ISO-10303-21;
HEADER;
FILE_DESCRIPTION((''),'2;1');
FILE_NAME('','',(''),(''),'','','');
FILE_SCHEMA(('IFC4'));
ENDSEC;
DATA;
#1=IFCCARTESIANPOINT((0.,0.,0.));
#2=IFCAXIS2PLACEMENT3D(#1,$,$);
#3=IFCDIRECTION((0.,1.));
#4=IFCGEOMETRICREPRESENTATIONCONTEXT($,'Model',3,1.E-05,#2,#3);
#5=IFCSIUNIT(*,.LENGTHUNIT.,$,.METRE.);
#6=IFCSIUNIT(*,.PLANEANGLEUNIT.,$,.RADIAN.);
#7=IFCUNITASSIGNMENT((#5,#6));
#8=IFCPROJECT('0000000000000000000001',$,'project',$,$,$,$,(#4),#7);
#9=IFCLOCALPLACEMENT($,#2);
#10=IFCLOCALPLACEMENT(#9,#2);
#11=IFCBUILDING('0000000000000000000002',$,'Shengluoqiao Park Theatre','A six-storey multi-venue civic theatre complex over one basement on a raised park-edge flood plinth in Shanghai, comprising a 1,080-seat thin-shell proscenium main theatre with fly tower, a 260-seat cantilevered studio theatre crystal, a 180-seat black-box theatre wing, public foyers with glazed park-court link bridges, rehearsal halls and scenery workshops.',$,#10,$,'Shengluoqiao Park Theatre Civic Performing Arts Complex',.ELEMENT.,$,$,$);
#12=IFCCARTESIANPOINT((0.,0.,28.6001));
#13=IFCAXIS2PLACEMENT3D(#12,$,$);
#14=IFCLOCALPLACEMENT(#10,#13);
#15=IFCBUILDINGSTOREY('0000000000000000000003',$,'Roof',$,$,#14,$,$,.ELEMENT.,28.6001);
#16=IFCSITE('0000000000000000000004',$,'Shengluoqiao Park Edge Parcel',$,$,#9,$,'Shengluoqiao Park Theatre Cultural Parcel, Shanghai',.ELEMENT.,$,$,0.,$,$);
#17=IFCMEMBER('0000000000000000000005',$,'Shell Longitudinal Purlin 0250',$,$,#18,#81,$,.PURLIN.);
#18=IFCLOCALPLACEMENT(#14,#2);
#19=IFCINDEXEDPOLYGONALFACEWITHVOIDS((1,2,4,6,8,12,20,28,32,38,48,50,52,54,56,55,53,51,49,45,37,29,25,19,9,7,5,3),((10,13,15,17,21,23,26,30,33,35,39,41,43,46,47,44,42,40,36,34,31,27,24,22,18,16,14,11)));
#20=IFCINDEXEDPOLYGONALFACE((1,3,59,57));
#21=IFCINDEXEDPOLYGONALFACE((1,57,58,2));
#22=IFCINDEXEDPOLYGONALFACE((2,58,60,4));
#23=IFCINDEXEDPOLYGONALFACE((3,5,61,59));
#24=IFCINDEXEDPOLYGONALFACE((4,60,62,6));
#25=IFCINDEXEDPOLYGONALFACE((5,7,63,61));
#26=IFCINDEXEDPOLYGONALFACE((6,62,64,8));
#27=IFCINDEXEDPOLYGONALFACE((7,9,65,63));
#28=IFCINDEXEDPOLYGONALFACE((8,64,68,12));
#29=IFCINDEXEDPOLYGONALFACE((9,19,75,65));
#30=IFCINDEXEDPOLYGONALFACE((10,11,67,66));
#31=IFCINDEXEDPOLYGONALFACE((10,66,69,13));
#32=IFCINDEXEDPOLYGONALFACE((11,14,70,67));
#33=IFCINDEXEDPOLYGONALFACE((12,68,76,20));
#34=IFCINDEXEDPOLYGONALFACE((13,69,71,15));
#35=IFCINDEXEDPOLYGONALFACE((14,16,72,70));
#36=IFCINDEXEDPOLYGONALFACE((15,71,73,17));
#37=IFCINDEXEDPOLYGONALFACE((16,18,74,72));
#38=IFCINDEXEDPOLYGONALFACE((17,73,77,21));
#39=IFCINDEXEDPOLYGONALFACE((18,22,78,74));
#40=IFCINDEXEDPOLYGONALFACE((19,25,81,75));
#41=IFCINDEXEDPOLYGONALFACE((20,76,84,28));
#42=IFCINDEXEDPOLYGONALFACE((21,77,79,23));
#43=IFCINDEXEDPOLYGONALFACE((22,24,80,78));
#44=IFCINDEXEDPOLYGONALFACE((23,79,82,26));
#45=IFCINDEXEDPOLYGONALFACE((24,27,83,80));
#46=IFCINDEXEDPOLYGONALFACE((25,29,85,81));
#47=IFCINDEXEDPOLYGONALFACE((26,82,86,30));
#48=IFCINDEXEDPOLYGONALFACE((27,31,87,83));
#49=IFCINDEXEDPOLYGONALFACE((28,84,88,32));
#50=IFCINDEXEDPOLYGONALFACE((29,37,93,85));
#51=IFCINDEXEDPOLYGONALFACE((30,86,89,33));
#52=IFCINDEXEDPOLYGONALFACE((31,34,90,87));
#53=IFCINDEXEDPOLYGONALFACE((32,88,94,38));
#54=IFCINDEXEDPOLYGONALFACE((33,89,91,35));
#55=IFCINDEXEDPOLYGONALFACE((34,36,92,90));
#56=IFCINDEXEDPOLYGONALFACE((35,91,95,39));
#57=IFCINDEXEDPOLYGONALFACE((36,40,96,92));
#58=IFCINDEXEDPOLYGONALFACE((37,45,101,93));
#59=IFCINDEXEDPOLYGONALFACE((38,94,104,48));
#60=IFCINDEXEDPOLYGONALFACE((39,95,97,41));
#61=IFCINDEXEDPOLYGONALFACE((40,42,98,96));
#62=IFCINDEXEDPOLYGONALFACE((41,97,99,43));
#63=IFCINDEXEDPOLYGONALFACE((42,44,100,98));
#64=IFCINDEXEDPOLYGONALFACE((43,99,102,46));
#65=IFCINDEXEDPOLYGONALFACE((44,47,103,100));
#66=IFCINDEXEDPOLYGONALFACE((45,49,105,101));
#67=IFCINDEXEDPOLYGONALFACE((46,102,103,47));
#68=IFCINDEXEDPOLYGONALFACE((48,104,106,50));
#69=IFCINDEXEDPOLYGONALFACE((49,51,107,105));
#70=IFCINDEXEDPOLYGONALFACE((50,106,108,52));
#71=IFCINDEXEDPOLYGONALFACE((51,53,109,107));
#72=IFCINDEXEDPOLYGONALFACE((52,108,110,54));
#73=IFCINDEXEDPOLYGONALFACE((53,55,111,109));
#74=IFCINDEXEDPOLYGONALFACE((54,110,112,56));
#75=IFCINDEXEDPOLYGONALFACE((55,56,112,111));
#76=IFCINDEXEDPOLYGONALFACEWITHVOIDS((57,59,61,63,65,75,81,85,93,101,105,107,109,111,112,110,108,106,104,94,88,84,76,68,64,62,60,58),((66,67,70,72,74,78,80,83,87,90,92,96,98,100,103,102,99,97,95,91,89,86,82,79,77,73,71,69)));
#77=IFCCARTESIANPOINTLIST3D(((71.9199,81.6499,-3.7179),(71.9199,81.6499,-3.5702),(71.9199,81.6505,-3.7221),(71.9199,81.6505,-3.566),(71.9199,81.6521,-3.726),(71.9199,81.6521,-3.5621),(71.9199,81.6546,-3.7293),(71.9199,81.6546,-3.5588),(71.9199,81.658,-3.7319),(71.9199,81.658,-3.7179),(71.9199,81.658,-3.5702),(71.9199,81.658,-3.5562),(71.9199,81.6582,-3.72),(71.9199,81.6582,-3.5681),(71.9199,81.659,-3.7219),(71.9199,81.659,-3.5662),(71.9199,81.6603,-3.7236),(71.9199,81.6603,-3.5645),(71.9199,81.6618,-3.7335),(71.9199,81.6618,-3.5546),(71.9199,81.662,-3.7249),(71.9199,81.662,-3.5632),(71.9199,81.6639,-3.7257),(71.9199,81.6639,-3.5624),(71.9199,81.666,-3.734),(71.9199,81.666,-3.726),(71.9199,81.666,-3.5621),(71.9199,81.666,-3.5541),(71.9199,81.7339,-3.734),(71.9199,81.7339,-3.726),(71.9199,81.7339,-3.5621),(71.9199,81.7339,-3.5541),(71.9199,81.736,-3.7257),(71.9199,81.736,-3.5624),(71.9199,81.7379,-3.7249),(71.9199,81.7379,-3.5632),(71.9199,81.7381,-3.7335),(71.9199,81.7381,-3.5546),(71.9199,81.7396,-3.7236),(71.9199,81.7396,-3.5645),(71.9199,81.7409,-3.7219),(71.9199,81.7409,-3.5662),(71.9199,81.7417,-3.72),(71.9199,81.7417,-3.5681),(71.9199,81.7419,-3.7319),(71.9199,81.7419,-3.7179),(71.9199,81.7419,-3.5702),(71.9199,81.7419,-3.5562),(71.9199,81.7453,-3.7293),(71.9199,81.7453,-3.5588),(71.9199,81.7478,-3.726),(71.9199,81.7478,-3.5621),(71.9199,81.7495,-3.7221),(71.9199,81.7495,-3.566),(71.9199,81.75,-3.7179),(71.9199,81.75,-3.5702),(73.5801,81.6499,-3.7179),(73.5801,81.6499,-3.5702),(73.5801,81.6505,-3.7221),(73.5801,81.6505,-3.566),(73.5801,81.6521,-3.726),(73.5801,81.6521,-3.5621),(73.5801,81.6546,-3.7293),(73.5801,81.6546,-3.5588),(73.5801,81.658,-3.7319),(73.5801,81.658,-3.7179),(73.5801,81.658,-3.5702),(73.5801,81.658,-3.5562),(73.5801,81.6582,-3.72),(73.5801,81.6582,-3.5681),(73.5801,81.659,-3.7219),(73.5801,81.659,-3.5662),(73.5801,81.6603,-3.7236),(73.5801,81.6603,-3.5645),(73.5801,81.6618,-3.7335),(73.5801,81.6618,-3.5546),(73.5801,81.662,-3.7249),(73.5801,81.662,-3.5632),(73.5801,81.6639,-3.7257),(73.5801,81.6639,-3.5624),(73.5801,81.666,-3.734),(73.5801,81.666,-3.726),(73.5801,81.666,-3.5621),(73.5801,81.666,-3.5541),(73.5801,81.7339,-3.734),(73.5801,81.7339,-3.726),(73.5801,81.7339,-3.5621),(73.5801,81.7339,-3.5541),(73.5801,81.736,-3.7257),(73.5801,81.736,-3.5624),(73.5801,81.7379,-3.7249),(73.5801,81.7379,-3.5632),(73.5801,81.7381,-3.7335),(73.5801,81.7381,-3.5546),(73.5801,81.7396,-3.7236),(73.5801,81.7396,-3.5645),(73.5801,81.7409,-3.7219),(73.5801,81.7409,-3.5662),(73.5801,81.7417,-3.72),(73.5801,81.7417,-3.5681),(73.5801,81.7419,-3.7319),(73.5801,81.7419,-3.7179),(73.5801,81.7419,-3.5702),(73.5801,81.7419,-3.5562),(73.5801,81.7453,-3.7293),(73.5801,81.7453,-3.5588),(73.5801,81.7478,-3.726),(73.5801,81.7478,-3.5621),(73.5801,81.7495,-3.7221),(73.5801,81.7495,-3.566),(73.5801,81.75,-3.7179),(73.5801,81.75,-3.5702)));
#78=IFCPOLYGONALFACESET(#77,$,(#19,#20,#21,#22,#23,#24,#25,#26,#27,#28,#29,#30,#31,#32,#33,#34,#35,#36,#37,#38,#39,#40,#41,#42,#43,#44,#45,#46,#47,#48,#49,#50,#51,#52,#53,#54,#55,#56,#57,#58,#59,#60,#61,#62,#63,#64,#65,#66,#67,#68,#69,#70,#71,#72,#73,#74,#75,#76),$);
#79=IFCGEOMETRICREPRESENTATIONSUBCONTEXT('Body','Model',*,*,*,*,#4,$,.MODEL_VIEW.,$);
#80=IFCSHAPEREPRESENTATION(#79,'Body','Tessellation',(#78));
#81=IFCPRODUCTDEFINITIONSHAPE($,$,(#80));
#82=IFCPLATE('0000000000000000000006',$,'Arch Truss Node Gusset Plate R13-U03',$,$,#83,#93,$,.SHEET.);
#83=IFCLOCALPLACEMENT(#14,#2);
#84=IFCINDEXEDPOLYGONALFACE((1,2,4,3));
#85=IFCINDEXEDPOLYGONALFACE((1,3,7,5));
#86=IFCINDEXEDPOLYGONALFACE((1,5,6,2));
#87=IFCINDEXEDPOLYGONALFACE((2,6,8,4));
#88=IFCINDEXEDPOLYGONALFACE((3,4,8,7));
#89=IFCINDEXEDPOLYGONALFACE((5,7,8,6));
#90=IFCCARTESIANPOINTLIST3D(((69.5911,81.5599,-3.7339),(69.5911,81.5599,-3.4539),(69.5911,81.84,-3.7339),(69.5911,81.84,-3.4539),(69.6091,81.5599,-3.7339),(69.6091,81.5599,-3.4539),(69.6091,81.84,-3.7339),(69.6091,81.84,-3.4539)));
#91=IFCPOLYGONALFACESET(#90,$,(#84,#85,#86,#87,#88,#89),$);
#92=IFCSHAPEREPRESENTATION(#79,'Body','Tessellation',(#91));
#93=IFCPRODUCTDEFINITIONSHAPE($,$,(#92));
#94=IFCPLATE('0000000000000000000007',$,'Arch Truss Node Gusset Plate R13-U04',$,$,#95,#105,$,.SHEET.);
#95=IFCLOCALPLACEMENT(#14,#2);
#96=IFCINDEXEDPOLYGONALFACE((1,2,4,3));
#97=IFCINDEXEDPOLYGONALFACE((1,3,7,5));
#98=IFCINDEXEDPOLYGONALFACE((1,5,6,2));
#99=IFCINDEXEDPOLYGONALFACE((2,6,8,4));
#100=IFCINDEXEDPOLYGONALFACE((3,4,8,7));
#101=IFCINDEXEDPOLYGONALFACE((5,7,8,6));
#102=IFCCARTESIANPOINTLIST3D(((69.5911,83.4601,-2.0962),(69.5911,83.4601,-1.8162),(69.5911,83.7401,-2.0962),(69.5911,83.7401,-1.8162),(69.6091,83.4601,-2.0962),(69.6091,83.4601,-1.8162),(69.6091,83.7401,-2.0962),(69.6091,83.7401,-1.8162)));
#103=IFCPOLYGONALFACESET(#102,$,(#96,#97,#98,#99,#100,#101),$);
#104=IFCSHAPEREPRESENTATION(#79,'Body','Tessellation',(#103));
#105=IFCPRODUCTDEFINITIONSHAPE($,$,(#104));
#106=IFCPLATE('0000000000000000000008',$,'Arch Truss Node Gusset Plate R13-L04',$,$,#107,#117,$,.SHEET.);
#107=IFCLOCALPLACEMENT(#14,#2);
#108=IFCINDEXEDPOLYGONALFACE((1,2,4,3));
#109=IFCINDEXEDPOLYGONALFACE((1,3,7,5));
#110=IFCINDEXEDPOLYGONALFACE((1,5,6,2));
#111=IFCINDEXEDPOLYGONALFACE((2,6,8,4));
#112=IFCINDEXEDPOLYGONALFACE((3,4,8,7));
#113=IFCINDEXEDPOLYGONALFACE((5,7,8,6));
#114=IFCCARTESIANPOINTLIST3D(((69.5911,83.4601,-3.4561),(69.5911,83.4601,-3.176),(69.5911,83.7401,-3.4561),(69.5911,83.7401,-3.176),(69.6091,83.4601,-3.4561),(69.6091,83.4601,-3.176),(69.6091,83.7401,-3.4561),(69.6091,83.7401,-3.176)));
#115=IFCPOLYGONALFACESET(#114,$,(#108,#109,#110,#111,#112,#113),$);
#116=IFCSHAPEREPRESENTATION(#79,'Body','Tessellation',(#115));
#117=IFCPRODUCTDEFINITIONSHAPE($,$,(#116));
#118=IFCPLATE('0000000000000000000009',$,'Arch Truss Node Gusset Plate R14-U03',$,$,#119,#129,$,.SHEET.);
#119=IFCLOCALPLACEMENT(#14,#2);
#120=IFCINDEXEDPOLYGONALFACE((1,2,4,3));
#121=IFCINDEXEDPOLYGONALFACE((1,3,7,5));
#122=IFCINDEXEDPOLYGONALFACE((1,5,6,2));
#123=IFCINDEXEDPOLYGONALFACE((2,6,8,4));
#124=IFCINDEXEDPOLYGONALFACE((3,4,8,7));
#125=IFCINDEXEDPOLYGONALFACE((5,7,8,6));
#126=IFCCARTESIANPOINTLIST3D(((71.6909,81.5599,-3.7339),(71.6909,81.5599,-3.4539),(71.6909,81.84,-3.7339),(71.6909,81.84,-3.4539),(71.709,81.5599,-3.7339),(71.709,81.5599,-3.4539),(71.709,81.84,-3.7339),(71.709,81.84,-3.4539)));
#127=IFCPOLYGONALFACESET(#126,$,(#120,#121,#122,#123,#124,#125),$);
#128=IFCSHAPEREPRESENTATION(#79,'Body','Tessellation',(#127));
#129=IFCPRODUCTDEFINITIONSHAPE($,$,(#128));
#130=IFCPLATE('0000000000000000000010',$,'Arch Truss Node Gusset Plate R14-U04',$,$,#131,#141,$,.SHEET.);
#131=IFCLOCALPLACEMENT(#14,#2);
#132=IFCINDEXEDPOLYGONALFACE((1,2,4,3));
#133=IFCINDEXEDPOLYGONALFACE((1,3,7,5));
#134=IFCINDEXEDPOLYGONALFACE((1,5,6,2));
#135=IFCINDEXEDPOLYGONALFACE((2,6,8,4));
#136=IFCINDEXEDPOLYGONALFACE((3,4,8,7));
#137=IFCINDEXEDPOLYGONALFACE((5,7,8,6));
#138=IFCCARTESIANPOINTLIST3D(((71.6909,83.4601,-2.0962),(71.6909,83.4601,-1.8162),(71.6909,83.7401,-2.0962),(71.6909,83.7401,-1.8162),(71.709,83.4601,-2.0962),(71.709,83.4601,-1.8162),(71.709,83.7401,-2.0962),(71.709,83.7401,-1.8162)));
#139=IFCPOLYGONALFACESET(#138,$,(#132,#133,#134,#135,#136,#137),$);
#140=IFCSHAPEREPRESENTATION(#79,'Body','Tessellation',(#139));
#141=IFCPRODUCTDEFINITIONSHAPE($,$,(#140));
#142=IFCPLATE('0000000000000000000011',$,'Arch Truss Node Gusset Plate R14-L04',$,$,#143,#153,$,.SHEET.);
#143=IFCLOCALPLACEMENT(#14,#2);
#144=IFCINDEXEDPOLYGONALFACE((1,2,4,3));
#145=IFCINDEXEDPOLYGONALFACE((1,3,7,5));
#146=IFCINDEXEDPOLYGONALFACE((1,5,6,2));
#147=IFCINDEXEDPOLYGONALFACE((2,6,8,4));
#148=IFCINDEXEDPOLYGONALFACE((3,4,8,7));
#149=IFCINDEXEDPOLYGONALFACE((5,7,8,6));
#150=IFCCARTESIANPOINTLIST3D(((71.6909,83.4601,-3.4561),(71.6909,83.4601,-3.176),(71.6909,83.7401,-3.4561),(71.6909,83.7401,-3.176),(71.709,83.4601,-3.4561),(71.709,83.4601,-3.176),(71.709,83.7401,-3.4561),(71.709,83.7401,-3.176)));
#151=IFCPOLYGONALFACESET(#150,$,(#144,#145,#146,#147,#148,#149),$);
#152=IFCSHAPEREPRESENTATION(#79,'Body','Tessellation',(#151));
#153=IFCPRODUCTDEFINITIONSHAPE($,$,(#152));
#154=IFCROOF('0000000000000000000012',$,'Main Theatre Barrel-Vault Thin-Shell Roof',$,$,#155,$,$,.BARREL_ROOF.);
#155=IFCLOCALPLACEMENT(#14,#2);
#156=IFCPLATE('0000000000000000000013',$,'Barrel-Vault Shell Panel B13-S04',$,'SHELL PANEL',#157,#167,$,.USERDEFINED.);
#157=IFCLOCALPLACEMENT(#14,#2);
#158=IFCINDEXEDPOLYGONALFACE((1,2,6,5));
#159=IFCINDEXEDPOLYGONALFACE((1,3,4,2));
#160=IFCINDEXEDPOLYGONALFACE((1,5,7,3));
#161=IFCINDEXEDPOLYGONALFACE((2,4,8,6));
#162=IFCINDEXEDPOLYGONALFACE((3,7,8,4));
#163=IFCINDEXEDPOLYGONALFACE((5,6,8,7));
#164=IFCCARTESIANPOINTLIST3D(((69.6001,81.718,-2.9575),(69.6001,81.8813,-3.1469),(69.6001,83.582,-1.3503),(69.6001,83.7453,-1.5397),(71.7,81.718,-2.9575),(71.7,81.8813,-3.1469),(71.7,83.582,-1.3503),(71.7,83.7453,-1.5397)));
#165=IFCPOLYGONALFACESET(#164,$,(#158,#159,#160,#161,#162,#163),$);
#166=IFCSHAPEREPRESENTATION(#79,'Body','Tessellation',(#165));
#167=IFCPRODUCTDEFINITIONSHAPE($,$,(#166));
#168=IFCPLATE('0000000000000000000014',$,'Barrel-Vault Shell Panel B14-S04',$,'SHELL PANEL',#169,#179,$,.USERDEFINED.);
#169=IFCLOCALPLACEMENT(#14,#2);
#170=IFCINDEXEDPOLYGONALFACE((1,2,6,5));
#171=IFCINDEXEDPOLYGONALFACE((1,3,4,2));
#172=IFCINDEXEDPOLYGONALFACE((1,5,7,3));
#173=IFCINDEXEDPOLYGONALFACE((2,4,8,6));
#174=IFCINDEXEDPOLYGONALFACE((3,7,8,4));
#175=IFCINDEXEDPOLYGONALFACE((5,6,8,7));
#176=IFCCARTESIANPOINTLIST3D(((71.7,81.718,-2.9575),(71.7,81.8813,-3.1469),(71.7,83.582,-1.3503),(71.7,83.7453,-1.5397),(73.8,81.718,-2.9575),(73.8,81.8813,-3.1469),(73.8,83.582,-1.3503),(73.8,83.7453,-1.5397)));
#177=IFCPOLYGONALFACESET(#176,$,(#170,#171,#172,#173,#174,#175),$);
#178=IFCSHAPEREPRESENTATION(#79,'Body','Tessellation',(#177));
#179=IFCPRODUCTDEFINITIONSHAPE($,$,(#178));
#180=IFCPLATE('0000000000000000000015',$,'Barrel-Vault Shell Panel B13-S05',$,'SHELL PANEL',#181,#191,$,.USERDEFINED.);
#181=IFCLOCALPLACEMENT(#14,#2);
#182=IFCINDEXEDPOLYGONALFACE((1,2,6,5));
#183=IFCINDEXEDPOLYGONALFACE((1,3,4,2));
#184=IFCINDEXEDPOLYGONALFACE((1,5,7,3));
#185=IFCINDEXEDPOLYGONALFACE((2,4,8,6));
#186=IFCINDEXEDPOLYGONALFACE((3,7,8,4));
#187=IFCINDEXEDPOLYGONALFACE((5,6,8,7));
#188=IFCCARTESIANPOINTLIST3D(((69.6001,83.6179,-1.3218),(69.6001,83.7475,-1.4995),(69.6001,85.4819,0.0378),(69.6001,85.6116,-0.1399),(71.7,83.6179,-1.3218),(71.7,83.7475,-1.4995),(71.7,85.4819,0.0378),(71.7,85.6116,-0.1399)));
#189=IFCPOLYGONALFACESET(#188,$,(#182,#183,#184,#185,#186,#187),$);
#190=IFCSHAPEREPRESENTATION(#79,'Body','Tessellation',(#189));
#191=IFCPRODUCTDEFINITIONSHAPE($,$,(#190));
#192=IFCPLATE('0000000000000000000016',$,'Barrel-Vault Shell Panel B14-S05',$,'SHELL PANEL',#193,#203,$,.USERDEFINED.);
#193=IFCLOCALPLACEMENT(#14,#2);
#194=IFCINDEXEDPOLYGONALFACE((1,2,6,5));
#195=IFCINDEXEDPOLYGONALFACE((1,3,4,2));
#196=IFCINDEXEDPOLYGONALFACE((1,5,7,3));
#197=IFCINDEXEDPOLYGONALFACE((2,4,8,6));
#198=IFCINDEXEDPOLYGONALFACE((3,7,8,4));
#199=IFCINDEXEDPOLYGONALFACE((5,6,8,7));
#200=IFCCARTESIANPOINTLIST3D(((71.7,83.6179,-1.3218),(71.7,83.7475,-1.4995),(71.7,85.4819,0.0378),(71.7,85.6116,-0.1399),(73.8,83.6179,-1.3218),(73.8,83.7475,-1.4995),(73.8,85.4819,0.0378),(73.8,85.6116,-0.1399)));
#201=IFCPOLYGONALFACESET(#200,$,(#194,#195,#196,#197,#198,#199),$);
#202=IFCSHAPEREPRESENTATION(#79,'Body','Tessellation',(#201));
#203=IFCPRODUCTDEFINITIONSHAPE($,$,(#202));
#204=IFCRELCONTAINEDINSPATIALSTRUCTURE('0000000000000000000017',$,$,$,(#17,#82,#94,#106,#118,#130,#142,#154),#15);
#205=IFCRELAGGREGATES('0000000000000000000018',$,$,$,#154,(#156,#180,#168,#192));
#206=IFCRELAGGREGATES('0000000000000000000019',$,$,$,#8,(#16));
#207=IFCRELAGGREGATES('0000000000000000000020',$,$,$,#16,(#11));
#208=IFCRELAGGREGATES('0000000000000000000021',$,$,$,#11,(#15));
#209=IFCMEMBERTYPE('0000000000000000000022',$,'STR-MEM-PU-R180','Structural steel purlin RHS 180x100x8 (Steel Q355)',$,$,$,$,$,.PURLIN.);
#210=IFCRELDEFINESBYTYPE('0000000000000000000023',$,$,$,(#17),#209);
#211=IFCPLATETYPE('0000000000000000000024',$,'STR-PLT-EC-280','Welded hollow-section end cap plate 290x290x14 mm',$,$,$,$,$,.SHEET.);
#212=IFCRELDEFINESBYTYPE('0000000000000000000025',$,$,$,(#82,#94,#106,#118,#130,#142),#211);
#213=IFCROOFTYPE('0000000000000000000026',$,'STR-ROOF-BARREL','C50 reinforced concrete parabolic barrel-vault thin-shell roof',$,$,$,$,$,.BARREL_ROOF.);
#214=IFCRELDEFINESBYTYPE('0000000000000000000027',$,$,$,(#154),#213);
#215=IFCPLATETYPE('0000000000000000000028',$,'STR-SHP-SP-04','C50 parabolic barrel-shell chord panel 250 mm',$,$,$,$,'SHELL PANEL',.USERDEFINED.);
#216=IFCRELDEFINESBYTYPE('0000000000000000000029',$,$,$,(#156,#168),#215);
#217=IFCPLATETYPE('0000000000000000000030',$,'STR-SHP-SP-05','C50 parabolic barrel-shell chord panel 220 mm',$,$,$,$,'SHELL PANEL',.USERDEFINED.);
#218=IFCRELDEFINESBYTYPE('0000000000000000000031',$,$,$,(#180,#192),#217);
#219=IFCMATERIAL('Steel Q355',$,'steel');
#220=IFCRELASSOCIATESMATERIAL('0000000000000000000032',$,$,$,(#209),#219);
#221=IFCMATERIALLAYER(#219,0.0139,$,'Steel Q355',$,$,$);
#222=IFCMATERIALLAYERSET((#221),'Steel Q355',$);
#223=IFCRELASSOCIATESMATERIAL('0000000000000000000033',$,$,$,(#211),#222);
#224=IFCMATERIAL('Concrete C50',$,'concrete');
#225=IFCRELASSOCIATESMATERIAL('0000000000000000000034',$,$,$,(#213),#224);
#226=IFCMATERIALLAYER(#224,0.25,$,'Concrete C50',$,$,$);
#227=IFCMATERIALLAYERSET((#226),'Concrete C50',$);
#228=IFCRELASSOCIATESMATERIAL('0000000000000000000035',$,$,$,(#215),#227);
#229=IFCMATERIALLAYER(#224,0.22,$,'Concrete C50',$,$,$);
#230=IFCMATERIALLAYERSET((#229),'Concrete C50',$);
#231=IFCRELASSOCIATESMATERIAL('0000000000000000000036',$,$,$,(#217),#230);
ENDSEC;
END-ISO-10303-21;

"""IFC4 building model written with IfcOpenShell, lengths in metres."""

from ifc_helpers import new_model, si_unit, direction, frame, origin, origin_2d, place, context, subcontext, project, spatial, polyline, rectangle, hollow_rectangle, outline, extrude, material, layer, layer_set, material_profile, profile_set, type_object, element, aggregate, save


model = new_model("IFC4")

# Units and contexts
model_context = context("Model", 3, precision=1e-05, world=origin(), true_north=direction((0.0, 1.0)))
body_context = subcontext(model_context, "Body", "Model", "MODEL_VIEW")
ifc_project = project(units=[si_unit("LENGTHUNIT", "METRE"), si_unit("PLANEANGLEUNIT", "RADIAN")], contexts=[model_context])

# Site, building, storey
site_placement = place(None, origin())
site = spatial("IfcSite", under=ifc_project, at=site_placement, Name="Shengluoqiao Park Edge Parcel", LongName="Shengluoqiao Park Theatre Cultural Parcel, Shanghai", CompositionType="ELEMENT", RefElevation=0.0)
building_placement = place(site_placement, origin())
building = spatial("IfcBuilding", under=site, at=building_placement, Name="Shengluoqiao Park Theatre", Description="A six-storey multi-venue civic theatre complex over one basement on a raised park-edge flood plinth in Shanghai, comprising a 1,080-seat thin-shell proscenium main theatre with fly tower, a 260-seat cantilevered studio theatre crystal, a 180-seat black-box theatre wing, public foyers with glazed park-court link bridges, rehearsal halls and scenery workshops.", LongName="Shengluoqiao Park Theatre Civic Performing Arts Complex", CompositionType="ELEMENT")
storey_placement = place(building_placement, frame((0.0, 0.0, 28.6001)))
storey = spatial("IfcBuildingStorey", under=building, at=storey_placement, Name="Roof", CompositionType="ELEMENT", Elevation=28.6001)

# Shared definitions
ifc_material_1 = material(Name="Concrete C50", Category="concrete")
ifc_material_2 = material(Name="Steel Q355", Category="steel")

# Member
ifc_material_profile_1 = material_profile(ifc_material_2, hollow_rectangle(XDim=0.1001, YDim=0.1799, WallThickness=0.0081, InnerFilletRadius=0.0081, OuterFilletRadius=0.0161, at=origin_2d()), Name="RHS 180x100x8")
ifc_profile_set_1 = profile_set([ifc_material_profile_1], Name="Steel Q355")
member_type_1 = type_object("IfcMemberType", Name="STR-MEM-PU-R180", Description="Structural steel purlin RHS 180x100x8 (Steel Q355)", PredefinedType="PURLIN", material=ifc_profile_set_1)
member_1_placement = place(storey_placement, frame((71.9199, 81.7, -3.644), z_axis=(1.0, 0.0, 0.0), x_axis=(0.0, 1.0, 0.0)))
element("IfcMember", 1, at=member_1_placement, inside=storey, type_object=member_type_1, Name="Shell Longitudinal Purlin 0250", PredefinedType="PURLIN", context=body_context, shape_type="SweptSolid", body=[
    extrude(hollow_rectangle(XDim=0.1001, YDim=0.1799, WallThickness=0.0081, InnerFilletRadius=0.0081, OuterFilletRadius=0.0161, at=origin_2d()), origin(), (0.0, 0.0, 1.0), 1.6602),
])

# Plates
ifc_layer_1 = layer(ifc_material_2, 0.0139, Name="Steel Q355")
ifc_layer_set_1 = layer_set([ifc_layer_1], Name="Steel Q355")
plate_type_1 = type_object("IfcPlateType", Name="STR-PLT-EC-280", Description="Welded hollow-section end cap plate 290x290x14 mm", PredefinedType="SHEET", material=ifc_layer_set_1)
for number, where, z_axis, x_axis, name in (
    (2, (69.6001, 81.7, -3.7339), (0.0, 0.0, 1.0), (1.0, 0.0, 0.0), "Arch Truss Node Gusset Plate R13-U03"),
    (3, (69.6001, 83.6001, -2.0962), (0.0, 0.0, 1.0), (1.0, 0.0, 0.0), "Arch Truss Node Gusset Plate R13-U04"),
    (4, (69.6001, 83.6001, -3.4561), (0.0, 0.0, 1.0), (1.0, 0.0, 0.0), "Arch Truss Node Gusset Plate R13-L04"),
    (5, (71.7, 81.7, -3.7339), (0.0, 0.0, 1.0), (1.0, 0.0, 0.0), "Arch Truss Node Gusset Plate R14-U03"),
    (6, (71.7, 83.6001, -2.0962), (0.0, 0.0, 1.0), (1.0, 0.0, 0.0), "Arch Truss Node Gusset Plate R14-U04"),
    (7, (71.7, 83.6001, -3.4561), (0.0, 0.0, 1.0), (1.0, 0.0, 0.0), "Arch Truss Node Gusset Plate R14-L04"),
):
    element("IfcPlate", number, at=place(storey_placement, frame(where, z_axis=z_axis, x_axis=x_axis)), inside=storey, type_object=plate_type_1, Name=name, PredefinedType="SHEET", context=body_context, shape_type="SweptSolid", body=[
        extrude(rectangle(XDim=0.0181, YDim=0.28, at=origin_2d()), origin(), (0.0, 0.0, 1.0), 0.28),
    ])

# Roof, plates
roof_type = type_object("IfcRoofType", Name="STR-ROOF-BARREL", Description="C50 reinforced concrete parabolic barrel-vault thin-shell roof", PredefinedType="BARREL_ROOF", material=ifc_material_1)
roof_placement = place(storey_placement, origin())
roof = element("IfcRoof", 8, at=roof_placement, inside=storey, type_object=roof_type, Name="Main Theatre Barrel-Vault Thin-Shell Roof", PredefinedType="BARREL_ROOF")
ifc_layer_2 = layer(ifc_material_1, 0.25, Name="Concrete C50")
ifc_layer_set_2 = layer_set([ifc_layer_2], Name="Concrete C50")
plate_type_2 = type_object("IfcPlateType", Name="STR-SHP-SP-04", Description="C50 parabolic barrel-shell chord panel 250 mm", ElementType="SHELL PANEL", PredefinedType="USERDEFINED", material=ifc_layer_set_2)
plate_1_placement = place(storey_placement, frame((69.6001, 81.718, -2.9575), z_axis=(0.0, -0.653002, 0.757356), x_axis=(1.0, 0.0, 0.0)))
plate_1 = element("IfcPlate", 9, at=plate_1_placement, type_object=plate_type_2, Name="Barrel-Vault Shell Panel B13-S04", ObjectType="SHELL PANEL", PredefinedType="USERDEFINED", context=body_context, shape_type="SweptSolid", body=[
    extrude(outline(polyline([(0.0, 0.0), (2.0999, 0.0), (2.0999, 2.4612), (0.0, 2.4612), (0.0, 0.0)])), origin(), (0.0, 0.0, -1.0), 0.25),
])
plate_2_placement = place(storey_placement, frame((71.7, 81.718, -2.9575), z_axis=(0.0, -0.653002, 0.757356), x_axis=(1.0, 0.0, 0.0)))
plate_2 = element("IfcPlate", 10, at=plate_2_placement, type_object=plate_type_2, Name="Barrel-Vault Shell Panel B14-S04", ObjectType="SHELL PANEL", PredefinedType="USERDEFINED", context=body_context, shape_type="SweptSolid", body=[
    extrude(outline(polyline([(0.0, 0.0), (2.1001, 0.0), (2.1001, 2.4612), (0.0, 2.4612), (0.0, 0.0)])), origin(), (0.0, 0.0, -1.0), 0.25),
])
ifc_layer_3 = layer(ifc_material_1, 0.22, Name="Concrete C50")
ifc_layer_set_3 = layer_set([ifc_layer_3], Name="Concrete C50")
plate_type_3 = type_object("IfcPlateType", Name="STR-SHP-SP-05", Description="C50 parabolic barrel-shell chord panel 220 mm", ElementType="SHELL PANEL", PredefinedType="USERDEFINED", material=ifc_layer_set_3)
plate_3_placement = place(storey_placement, frame((69.6001, 83.6179, -1.3218), z_axis=(0.0, -0.589297, 0.807916), x_axis=(1.0, 0.0, 0.0)))
plate_3 = element("IfcPlate", 11, at=plate_3_placement, type_object=plate_type_3, Name="Barrel-Vault Shell Panel B13-S05", ObjectType="SHELL PANEL", PredefinedType="USERDEFINED", context=body_context, shape_type="SweptSolid", body=[
    extrude(outline(polyline([(0.0, 0.0), (2.0999, 0.0), (2.0999, 2.3072), (0.0, 2.3072), (0.0, 0.0)])), origin(), (0.0, 0.0, -1.0), 0.22),
])
plate_4_placement = place(storey_placement, frame((71.7, 83.6179, -1.3218), z_axis=(0.0, -0.589297, 0.807916), x_axis=(1.0, 0.0, 0.0)))
plate_4 = element("IfcPlate", 12, at=plate_4_placement, type_object=plate_type_3, Name="Barrel-Vault Shell Panel B14-S05", ObjectType="SHELL PANEL", PredefinedType="USERDEFINED", context=body_context, shape_type="SweptSolid", body=[
    extrude(outline(polyline([(0.0, 0.0), (2.1001, 0.0), (2.1001, 2.3072), (0.0, 2.3072), (0.0, 0.0)])), origin(), (0.0, 0.0, -1.0), 0.22),
])
aggregate(roof, [plate_1, plate_3, plate_2, plate_4])

save(model, "model.ifc")
